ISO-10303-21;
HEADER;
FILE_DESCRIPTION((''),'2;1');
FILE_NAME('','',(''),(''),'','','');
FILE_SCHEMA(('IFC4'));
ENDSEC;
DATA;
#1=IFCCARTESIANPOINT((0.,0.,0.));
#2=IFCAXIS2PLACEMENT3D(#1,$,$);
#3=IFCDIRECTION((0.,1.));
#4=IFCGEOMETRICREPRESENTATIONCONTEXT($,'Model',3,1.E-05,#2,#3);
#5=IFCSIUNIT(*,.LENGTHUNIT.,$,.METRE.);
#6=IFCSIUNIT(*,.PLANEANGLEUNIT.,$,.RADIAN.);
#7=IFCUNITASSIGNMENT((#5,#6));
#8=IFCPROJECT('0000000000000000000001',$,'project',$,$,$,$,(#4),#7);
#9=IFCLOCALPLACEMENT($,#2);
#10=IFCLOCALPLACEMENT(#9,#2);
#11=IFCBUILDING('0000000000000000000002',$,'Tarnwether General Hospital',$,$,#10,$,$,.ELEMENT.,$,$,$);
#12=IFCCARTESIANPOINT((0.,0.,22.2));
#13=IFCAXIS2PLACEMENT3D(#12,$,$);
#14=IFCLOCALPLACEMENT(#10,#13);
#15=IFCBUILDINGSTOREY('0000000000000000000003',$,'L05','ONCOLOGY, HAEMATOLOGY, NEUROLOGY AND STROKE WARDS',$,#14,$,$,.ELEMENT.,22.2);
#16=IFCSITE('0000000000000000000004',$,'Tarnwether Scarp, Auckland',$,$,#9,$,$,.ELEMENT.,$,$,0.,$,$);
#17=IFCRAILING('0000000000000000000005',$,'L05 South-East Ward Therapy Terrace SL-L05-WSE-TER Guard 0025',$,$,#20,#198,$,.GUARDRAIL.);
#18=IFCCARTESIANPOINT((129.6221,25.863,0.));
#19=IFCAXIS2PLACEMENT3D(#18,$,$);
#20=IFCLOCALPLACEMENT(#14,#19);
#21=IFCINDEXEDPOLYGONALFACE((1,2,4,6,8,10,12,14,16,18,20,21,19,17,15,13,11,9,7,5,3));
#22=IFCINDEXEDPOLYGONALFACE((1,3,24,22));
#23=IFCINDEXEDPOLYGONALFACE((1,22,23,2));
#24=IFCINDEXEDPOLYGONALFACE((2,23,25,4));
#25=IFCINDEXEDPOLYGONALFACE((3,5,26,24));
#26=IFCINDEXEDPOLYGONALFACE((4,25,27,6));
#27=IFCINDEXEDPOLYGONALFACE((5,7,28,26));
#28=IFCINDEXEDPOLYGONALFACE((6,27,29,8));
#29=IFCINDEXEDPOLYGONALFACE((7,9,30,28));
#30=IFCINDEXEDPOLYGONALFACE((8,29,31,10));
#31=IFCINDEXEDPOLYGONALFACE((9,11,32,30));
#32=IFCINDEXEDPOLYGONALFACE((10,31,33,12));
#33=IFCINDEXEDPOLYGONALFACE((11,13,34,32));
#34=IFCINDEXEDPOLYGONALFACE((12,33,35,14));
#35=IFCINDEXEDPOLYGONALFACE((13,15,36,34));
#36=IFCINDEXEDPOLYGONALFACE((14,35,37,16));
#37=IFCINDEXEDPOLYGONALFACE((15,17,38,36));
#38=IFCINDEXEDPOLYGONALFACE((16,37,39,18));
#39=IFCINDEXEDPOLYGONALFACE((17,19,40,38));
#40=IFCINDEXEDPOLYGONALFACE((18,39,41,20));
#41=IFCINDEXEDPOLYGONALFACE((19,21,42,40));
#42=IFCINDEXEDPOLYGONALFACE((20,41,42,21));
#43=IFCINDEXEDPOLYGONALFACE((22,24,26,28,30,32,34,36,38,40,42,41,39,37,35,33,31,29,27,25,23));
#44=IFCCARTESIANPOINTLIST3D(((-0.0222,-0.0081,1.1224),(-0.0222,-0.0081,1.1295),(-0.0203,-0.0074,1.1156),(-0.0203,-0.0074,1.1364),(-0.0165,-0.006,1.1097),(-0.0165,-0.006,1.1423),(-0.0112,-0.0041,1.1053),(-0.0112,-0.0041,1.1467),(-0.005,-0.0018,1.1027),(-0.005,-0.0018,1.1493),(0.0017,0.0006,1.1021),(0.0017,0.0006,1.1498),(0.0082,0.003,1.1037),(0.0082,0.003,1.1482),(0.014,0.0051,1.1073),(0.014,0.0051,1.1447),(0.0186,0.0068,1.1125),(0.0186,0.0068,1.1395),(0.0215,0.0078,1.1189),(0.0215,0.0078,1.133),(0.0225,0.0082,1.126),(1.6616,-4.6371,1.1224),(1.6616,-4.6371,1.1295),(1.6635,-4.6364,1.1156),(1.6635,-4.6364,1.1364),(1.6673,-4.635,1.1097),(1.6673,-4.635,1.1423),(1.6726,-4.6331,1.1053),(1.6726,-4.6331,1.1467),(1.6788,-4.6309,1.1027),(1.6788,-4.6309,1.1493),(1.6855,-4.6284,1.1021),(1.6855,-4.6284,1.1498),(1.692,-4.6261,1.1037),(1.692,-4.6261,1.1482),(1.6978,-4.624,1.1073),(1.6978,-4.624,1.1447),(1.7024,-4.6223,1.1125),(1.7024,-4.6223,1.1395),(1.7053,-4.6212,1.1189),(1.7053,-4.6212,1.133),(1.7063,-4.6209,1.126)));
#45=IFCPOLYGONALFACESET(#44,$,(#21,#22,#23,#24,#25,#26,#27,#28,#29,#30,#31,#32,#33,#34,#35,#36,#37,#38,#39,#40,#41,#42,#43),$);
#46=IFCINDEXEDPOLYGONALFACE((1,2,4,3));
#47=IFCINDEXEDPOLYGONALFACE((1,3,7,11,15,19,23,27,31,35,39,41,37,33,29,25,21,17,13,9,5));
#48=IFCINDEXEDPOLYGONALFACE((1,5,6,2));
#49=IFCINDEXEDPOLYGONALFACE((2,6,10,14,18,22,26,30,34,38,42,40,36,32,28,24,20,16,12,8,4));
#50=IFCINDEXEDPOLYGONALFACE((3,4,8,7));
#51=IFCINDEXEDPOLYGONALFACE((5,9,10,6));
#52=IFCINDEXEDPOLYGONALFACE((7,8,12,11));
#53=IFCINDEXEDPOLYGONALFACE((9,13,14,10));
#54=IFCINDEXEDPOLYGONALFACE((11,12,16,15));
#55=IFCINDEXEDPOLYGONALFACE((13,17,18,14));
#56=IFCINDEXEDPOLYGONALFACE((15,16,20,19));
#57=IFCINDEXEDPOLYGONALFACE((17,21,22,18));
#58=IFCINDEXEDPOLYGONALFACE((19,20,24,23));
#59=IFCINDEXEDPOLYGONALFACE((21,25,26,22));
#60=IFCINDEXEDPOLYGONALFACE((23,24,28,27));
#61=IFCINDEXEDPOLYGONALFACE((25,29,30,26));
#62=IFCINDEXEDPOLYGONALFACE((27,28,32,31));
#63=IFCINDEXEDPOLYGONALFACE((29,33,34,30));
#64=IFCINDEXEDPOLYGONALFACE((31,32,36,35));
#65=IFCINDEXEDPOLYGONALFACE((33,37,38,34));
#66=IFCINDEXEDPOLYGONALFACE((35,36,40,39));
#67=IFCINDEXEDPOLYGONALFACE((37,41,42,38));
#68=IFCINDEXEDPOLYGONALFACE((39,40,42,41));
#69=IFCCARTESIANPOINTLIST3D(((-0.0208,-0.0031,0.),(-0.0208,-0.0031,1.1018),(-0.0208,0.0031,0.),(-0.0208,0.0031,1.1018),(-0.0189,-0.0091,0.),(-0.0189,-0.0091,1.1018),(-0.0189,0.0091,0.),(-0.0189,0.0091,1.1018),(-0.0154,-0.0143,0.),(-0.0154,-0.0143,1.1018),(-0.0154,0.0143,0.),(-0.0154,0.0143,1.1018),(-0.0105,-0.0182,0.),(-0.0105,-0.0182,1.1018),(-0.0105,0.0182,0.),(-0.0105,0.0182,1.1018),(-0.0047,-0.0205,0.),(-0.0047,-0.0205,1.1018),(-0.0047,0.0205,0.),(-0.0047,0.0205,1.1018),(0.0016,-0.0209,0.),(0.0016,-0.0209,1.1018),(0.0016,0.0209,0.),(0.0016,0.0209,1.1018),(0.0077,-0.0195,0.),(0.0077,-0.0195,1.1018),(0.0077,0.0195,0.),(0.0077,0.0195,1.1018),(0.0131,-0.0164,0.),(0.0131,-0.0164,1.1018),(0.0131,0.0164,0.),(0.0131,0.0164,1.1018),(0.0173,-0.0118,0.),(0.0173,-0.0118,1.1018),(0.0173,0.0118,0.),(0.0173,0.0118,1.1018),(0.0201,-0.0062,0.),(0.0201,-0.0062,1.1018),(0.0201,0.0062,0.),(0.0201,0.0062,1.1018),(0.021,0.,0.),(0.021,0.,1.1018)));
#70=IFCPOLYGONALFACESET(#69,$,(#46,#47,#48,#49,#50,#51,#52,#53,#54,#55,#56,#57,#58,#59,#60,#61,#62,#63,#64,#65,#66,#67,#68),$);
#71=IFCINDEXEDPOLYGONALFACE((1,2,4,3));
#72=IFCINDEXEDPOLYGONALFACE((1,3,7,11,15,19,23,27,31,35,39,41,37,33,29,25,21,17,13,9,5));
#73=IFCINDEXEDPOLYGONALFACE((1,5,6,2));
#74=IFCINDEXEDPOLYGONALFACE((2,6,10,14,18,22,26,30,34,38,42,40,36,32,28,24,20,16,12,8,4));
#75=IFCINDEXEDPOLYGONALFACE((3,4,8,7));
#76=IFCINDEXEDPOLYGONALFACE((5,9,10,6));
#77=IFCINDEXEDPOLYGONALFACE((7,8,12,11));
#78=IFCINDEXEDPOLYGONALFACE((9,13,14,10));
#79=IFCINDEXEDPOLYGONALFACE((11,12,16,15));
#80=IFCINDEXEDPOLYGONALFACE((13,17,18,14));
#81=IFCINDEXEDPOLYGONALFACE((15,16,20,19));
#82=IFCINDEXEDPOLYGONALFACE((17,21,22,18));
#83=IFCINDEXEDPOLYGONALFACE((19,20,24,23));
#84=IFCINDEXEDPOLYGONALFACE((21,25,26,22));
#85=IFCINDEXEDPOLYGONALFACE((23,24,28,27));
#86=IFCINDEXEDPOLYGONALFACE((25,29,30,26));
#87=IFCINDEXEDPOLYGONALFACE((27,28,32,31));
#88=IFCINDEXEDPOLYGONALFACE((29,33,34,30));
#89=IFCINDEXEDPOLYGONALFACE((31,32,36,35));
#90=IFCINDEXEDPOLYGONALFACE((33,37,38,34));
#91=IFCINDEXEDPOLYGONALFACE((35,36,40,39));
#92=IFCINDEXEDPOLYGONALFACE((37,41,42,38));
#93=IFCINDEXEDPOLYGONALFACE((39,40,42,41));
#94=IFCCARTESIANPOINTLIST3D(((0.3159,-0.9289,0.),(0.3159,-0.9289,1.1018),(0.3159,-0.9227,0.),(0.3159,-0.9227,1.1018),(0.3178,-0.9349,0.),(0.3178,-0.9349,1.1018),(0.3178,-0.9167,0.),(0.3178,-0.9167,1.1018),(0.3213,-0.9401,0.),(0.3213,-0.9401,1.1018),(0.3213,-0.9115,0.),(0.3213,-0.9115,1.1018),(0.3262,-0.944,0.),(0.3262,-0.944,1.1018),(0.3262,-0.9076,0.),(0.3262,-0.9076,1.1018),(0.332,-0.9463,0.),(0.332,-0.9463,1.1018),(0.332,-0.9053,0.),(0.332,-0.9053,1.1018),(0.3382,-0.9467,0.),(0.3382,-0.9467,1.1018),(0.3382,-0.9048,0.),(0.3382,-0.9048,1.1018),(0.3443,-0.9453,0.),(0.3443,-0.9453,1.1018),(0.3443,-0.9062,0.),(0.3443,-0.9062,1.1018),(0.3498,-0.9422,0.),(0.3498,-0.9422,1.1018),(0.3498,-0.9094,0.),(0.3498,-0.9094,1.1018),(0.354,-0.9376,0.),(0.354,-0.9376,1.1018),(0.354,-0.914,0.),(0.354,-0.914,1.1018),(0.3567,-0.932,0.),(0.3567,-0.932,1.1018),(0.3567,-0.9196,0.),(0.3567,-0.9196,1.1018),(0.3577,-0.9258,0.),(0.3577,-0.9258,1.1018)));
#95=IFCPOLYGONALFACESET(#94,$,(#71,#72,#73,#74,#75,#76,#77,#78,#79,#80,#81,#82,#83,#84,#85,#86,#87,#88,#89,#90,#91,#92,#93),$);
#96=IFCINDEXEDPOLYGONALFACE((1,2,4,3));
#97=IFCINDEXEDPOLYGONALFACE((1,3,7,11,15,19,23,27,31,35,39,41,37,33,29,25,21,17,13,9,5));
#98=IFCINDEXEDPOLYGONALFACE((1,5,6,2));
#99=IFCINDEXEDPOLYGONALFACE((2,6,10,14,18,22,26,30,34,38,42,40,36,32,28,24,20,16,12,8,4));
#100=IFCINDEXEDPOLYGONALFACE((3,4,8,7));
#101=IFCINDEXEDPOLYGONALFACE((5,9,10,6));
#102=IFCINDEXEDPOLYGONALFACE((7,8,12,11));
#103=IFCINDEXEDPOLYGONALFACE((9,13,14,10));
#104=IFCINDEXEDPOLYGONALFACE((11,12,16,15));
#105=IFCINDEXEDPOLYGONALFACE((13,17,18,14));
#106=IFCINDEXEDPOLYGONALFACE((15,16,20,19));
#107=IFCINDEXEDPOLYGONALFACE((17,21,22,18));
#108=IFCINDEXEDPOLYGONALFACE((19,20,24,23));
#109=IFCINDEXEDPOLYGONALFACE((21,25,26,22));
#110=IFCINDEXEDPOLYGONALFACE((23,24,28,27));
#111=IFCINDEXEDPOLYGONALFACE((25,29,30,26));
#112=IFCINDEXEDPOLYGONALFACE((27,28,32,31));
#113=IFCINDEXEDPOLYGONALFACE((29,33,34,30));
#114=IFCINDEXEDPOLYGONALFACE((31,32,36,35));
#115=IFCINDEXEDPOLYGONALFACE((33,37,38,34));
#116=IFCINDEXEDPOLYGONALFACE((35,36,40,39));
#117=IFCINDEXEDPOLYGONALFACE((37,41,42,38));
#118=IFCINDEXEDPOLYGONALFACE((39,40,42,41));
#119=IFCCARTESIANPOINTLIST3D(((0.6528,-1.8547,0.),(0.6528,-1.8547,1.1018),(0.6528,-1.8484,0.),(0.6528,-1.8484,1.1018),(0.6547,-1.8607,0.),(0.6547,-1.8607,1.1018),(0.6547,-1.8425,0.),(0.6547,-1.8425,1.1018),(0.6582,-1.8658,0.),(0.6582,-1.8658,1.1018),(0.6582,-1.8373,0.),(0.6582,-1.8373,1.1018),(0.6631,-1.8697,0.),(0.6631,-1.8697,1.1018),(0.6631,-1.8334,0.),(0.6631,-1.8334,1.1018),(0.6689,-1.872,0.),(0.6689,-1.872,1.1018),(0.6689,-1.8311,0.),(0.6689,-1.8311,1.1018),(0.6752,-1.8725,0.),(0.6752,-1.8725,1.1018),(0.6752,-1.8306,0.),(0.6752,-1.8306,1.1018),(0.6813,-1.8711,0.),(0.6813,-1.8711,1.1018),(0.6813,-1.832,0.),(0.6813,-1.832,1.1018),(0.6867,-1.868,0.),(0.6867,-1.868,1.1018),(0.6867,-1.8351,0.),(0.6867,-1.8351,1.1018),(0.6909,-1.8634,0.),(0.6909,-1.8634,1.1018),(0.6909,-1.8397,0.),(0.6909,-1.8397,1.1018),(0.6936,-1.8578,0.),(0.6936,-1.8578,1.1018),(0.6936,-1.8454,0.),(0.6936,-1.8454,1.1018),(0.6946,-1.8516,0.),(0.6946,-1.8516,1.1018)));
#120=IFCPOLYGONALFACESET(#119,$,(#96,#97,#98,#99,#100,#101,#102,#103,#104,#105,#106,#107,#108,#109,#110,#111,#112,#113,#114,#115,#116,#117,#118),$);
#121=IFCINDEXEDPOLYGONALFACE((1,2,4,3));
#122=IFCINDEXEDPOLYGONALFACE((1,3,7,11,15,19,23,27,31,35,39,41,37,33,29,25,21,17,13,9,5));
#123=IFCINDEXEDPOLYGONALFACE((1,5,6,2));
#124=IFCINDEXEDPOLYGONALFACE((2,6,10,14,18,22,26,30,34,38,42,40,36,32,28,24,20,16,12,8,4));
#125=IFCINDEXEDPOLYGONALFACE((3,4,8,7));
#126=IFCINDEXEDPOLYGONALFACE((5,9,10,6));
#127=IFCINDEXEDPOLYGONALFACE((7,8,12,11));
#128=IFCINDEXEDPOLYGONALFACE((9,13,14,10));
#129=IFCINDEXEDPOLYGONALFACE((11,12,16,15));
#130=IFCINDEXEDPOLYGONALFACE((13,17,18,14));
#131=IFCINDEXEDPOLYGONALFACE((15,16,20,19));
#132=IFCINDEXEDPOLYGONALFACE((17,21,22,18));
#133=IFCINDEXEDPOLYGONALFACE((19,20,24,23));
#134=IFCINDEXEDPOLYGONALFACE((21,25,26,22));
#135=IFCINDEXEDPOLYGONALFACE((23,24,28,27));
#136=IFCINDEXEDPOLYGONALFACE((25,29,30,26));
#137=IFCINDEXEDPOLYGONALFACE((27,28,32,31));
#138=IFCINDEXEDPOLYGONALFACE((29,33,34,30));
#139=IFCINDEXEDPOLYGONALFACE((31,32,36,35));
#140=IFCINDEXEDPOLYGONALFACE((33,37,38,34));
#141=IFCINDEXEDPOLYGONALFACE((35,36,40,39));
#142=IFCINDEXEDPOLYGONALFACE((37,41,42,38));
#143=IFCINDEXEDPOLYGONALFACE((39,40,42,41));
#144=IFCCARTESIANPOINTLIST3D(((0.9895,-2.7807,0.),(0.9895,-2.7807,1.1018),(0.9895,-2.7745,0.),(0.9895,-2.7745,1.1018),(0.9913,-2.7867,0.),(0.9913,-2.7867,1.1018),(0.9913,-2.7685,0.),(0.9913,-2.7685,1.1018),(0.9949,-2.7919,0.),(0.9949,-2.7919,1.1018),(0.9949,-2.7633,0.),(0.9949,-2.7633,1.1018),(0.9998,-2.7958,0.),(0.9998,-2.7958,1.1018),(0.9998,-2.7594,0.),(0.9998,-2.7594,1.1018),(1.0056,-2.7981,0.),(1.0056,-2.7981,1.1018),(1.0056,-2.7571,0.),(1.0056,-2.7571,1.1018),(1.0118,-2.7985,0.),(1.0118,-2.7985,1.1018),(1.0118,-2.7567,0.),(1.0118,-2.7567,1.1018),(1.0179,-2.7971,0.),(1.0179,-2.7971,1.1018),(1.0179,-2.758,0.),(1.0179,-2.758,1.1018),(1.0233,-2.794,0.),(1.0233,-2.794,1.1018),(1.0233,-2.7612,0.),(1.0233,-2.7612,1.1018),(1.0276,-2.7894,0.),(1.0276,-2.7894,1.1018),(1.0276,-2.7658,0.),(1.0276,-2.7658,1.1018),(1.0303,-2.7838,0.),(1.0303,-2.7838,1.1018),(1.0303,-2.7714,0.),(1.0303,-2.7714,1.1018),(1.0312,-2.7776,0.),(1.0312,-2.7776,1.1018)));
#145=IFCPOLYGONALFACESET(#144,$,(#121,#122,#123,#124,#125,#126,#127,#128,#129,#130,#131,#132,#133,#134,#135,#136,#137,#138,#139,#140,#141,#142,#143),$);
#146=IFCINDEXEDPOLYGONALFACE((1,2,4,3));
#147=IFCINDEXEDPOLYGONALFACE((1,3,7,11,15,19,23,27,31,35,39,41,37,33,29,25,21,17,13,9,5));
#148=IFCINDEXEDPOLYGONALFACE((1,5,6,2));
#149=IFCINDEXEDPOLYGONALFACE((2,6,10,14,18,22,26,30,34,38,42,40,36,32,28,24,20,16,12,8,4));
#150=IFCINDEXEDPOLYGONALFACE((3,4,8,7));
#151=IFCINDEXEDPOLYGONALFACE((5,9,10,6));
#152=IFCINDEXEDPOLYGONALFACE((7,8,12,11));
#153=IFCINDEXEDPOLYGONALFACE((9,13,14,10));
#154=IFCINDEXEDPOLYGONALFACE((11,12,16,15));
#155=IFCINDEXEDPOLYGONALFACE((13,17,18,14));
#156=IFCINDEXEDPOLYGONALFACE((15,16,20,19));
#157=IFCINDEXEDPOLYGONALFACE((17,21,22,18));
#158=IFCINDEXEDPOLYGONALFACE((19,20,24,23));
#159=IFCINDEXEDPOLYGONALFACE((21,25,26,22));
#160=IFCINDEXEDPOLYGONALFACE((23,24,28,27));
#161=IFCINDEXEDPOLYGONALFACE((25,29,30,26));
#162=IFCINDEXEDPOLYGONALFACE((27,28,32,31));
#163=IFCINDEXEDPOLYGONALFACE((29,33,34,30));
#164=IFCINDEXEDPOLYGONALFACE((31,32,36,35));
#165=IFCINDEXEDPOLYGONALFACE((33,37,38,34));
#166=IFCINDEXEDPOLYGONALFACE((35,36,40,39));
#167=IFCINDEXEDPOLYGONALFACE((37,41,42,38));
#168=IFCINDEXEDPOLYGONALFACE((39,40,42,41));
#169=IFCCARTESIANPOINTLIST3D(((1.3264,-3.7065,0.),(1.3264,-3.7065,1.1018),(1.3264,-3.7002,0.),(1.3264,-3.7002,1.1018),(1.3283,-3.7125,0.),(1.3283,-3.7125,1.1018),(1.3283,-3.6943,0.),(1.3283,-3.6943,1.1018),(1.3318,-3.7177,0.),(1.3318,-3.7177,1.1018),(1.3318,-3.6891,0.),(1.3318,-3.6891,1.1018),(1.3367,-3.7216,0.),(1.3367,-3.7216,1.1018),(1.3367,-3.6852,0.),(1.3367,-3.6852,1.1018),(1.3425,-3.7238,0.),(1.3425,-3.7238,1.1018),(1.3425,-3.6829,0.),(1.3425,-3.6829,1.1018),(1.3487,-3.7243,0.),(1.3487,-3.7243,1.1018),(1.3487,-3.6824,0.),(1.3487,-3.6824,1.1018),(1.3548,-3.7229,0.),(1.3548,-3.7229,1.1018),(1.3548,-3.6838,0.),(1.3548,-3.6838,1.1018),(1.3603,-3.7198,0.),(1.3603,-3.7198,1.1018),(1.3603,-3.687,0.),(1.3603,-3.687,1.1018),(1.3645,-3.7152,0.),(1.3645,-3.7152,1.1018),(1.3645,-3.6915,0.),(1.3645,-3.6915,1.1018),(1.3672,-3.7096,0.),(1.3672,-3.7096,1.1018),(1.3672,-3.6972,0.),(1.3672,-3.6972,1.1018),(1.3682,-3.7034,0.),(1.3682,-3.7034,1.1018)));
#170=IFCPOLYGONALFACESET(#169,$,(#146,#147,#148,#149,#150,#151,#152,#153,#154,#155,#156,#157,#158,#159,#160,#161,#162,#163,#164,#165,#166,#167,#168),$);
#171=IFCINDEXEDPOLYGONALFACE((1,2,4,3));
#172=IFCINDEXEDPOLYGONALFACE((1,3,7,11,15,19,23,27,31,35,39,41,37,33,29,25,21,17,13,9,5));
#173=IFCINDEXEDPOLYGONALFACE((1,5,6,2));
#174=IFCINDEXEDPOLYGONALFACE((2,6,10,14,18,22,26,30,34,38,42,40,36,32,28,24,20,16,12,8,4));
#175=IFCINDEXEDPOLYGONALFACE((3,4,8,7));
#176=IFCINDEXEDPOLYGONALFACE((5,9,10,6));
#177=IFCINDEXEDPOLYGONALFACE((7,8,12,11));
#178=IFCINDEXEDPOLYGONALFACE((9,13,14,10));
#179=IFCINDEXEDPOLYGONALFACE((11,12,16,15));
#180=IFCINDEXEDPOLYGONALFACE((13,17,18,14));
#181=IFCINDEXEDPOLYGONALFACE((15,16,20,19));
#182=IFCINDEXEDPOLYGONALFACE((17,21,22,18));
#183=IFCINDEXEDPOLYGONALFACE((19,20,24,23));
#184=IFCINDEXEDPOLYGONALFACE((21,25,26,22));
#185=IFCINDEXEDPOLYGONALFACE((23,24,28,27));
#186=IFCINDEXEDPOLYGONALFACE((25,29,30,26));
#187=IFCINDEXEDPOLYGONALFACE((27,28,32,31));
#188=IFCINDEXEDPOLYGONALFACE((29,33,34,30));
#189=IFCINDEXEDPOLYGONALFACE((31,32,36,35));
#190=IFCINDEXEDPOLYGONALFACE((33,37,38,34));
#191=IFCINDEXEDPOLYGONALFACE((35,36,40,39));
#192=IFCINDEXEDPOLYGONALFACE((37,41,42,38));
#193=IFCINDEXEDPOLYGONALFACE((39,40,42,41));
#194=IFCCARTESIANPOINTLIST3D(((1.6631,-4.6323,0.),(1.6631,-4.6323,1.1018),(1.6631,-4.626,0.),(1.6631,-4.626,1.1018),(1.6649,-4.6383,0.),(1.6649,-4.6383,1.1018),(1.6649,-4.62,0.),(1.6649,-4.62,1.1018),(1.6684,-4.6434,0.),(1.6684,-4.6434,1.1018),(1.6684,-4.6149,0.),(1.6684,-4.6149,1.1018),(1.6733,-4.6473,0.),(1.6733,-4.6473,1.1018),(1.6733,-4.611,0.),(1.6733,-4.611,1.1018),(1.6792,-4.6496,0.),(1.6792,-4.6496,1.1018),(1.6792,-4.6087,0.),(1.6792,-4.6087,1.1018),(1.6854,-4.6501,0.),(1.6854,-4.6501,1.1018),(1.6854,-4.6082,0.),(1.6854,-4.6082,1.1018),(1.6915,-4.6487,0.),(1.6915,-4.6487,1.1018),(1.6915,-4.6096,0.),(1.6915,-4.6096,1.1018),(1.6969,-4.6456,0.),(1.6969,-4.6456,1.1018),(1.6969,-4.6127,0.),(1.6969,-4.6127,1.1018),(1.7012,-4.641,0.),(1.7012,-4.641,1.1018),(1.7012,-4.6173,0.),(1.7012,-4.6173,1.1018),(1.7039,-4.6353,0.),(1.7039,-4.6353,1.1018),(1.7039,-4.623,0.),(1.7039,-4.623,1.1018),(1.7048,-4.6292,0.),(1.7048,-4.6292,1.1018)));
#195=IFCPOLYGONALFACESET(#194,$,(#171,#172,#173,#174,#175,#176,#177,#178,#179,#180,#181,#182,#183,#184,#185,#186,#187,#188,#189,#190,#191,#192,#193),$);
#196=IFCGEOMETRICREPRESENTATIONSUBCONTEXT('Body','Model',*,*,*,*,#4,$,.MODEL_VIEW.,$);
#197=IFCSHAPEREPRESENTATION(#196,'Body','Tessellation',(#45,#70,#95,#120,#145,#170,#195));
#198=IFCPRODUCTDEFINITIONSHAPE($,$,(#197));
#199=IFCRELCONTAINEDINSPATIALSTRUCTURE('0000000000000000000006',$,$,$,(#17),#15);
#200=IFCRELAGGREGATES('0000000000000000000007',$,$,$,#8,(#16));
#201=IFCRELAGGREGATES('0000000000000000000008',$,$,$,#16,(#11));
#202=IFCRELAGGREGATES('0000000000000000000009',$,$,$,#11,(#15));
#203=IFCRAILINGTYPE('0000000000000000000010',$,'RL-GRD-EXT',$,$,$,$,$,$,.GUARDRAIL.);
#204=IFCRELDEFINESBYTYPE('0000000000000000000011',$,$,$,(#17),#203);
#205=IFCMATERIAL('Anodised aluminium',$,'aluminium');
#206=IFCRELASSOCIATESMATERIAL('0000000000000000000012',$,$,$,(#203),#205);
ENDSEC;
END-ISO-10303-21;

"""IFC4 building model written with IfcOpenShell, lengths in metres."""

from ifc_helpers import new_model, si_unit, direction, frame, origin, origin_2d, place, context, subcontext, project, spatial, circle, extrude, material, type_object, element, save


model = new_model("IFC4")

# Units and contexts
model_context = context("Model", 3, precision=1e-05, world=origin(), true_north=direction((0.0, 1.0)))
body_context = subcontext(model_context, "Body", "Model", "MODEL_VIEW")
ifc_project = project(units=[si_unit("LENGTHUNIT", "METRE"), si_unit("PLANEANGLEUNIT", "RADIAN")], contexts=[model_context])

# Site, building, storey
site_placement = place(None, origin())
site = spatial("IfcSite", under=ifc_project, at=site_placement, Name="Tarnwether Scarp, Auckland", CompositionType="ELEMENT", RefElevation=0.0)
building_placement = place(site_placement, origin())
building = spatial("IfcBuilding", under=site, at=building_placement, Name="Tarnwether General Hospital", CompositionType="ELEMENT")
storey_placement = place(building_placement, frame((0.0, 0.0, 22.2)))
storey = spatial("IfcBuildingStorey", under=building, at=storey_placement, Name="L05", Description="ONCOLOGY, HAEMATOLOGY, NEUROLOGY AND STROKE WARDS", CompositionType="ELEMENT", Elevation=22.2)

# Railing
ifc_material_1 = material(Name="Anodised aluminium", Category="aluminium")
railing_type = type_object("IfcRailingType", Name="RL-GRD-EXT", PredefinedType="GUARDRAIL", material=ifc_material_1)
railing_1_placement = place(storey_placement, frame((129.6221, 25.863, 0.0)))
element("IfcRailing", 1, at=railing_1_placement, inside=storey, type_object=railing_type, Name="L05 South-East Ward Therapy Terrace SL-L05-WSE-TER Guard 0025", PredefinedType="GUARDRAIL", context=body_context, shape_type="SweptSolid", body=[
    extrude(circle(Radius=0.0239, at=origin_2d()), frame((0.0, 0.0, 1.126), z_axis=(0.341835, -0.93976, 0.0), x_axis=(0.93976, 0.341835, 0.0)), (0.0, 0.0, 1.0), 4.9258),
    extrude(circle(Radius=0.021, at=origin_2d()), origin(), (0.0, 0.0, 1.0), 1.1018),
    extrude(circle(Radius=0.021, at=origin_2d()), frame((0.3367, -0.9258, 0.0)), (0.0, 0.0, 1.0), 1.1018),
    extrude(circle(Radius=0.021, at=origin_2d()), frame((0.6736, -1.8516, 0.0)), (0.0, 0.0, 1.0), 1.1018),
    extrude(circle(Radius=0.021, at=origin_2d()), frame((1.0103, -2.7776, 0.0)), (0.0, 0.0, 1.0), 1.1018),
    extrude(circle(Radius=0.021, at=origin_2d()), frame((1.3472, -3.7034, 0.0)), (0.0, 0.0, 1.0), 1.1018),
    extrude(circle(Radius=0.021, at=origin_2d()), frame((1.6838, -4.6292, 0.0)), (0.0, 0.0, 1.0), 1.1018),
])

save(model, "model.ifc")
